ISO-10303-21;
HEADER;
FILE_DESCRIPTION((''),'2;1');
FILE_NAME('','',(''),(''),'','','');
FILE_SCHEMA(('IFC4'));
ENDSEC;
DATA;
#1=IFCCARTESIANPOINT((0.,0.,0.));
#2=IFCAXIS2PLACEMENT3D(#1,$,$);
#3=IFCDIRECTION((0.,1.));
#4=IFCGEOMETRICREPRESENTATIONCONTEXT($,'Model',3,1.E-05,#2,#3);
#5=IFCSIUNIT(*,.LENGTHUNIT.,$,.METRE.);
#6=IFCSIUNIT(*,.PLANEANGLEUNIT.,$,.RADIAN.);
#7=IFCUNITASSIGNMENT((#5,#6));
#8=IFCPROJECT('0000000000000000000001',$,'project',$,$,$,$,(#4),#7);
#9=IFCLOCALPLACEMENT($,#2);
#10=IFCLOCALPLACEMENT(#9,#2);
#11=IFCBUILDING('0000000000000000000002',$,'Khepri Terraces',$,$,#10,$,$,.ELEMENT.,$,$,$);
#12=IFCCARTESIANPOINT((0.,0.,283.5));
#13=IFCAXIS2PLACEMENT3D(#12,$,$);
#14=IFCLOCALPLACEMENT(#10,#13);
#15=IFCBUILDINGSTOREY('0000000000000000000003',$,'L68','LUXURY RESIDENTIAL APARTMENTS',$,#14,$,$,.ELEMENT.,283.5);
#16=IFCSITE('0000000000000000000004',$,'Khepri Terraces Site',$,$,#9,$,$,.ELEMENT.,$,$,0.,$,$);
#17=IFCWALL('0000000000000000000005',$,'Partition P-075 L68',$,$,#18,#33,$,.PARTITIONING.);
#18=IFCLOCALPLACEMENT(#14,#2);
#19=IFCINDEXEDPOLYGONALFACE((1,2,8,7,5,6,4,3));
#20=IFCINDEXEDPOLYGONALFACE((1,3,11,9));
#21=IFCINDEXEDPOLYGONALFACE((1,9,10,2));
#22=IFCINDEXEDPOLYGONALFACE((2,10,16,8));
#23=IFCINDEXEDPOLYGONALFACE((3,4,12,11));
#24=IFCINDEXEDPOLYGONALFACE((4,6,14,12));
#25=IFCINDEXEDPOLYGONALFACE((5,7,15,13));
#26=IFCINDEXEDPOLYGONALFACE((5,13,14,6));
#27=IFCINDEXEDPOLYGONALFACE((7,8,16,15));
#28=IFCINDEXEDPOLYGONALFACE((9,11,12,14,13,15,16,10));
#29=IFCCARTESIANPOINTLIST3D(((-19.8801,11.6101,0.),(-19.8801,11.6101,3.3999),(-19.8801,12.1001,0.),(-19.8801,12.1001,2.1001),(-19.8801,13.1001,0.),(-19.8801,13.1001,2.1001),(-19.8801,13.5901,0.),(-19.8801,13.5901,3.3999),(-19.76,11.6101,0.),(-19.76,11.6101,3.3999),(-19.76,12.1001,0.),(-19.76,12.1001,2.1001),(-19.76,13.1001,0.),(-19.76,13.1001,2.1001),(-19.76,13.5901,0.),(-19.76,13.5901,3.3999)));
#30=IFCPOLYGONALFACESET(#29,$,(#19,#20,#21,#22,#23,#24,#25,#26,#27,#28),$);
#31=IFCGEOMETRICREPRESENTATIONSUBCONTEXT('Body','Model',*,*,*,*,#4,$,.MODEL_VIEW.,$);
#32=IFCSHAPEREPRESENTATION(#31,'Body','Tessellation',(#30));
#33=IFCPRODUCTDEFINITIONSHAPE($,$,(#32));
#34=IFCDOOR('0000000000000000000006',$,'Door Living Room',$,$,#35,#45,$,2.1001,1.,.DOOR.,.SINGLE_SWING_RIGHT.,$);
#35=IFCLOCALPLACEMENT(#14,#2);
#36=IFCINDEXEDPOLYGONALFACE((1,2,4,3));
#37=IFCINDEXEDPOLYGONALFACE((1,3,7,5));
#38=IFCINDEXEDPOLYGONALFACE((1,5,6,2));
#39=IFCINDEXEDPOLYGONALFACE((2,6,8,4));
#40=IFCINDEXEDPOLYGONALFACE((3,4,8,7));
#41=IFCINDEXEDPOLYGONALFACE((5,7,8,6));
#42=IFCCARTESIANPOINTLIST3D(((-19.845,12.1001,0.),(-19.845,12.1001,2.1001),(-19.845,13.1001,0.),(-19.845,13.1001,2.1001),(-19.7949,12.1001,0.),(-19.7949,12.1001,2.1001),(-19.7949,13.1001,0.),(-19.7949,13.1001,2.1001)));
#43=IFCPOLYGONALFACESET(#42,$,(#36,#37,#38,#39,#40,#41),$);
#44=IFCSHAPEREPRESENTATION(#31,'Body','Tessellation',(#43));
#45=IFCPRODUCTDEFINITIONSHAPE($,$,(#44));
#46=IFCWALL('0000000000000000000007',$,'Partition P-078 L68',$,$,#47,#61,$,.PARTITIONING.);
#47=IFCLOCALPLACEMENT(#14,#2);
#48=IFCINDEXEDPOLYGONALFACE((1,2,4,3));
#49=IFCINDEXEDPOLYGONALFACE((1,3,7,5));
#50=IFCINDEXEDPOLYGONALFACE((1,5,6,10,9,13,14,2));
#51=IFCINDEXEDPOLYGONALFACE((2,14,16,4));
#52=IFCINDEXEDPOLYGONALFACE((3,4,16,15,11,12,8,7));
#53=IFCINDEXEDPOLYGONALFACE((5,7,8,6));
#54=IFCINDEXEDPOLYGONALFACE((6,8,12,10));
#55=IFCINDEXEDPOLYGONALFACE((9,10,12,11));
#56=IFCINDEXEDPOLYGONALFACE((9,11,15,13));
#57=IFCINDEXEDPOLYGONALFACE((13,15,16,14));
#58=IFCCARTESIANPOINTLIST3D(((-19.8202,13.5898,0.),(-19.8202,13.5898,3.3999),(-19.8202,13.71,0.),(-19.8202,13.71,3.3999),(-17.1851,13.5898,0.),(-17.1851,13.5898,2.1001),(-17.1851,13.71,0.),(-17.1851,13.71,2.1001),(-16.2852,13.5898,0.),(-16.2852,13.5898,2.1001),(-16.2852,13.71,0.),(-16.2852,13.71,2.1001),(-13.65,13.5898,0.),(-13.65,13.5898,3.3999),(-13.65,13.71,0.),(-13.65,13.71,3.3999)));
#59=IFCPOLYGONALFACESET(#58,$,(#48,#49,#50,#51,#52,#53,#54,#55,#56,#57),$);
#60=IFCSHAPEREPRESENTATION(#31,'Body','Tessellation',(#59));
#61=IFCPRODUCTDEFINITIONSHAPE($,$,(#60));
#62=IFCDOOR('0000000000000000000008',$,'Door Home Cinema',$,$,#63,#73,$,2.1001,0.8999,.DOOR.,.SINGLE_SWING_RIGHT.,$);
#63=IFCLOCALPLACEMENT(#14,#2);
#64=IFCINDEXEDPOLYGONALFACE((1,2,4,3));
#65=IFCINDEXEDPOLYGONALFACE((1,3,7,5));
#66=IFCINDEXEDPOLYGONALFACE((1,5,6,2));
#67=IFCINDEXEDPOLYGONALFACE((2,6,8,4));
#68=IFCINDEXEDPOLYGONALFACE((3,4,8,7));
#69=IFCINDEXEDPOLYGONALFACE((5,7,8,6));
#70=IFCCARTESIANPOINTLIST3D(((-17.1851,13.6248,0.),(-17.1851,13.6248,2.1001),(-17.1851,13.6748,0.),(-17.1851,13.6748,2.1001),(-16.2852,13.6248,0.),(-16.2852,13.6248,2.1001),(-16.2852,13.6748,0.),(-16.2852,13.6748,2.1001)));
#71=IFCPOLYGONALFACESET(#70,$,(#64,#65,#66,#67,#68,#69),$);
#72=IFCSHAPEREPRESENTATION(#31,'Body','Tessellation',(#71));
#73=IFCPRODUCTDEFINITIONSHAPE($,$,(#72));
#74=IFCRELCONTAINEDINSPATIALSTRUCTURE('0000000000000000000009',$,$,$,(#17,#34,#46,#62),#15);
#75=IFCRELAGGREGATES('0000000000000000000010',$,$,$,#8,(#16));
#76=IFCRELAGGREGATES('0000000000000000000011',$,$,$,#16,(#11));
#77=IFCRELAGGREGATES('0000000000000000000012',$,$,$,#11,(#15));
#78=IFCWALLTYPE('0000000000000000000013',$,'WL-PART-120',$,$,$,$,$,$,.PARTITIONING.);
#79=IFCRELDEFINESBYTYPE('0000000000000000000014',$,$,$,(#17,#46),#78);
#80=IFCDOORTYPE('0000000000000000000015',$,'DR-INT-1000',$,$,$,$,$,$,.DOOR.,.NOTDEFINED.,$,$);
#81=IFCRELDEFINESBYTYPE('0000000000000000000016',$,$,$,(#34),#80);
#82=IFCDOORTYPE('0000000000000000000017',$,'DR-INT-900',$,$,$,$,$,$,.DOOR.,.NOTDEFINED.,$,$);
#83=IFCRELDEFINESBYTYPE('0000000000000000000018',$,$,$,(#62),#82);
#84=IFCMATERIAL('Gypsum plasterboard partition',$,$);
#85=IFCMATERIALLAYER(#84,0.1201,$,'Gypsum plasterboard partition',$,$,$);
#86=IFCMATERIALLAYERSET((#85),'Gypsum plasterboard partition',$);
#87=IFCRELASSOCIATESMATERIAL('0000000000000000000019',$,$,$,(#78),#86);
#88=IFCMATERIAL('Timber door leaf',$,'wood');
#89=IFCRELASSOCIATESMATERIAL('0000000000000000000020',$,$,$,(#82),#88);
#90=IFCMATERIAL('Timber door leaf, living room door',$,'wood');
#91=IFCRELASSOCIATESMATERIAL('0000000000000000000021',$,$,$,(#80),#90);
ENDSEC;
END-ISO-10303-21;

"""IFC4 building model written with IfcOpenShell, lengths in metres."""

from ifc_helpers import new_model, si_unit, direction, frame, frame_2d, origin, place, context, subcontext, project, spatial, rectangle, extrude, material, layer, layer_set, type_object, element, fill, save


model = new_model("IFC4")

# Units and contexts
model_context = context("Model", 3, precision=1e-05, world=origin(), true_north=direction((0.0, 1.0)))
body_context = subcontext(model_context, "Body", "Model", "MODEL_VIEW")
ifc_project = project(units=[si_unit("LENGTHUNIT", "METRE"), si_unit("PLANEANGLEUNIT", "RADIAN")], contexts=[model_context])

# Site, building, storey
site_placement = place(None, origin())
site = spatial("IfcSite", under=ifc_project, at=site_placement, Name="Khepri Terraces Site", CompositionType="ELEMENT", RefElevation=0.0)
building_placement = place(site_placement, origin())
building = spatial("IfcBuilding", under=site, at=building_placement, Name="Khepri Terraces", CompositionType="ELEMENT")
storey_placement = place(building_placement, frame((0.0, 0.0, 283.5)))
storey = spatial("IfcBuildingStorey", under=building, at=storey_placement, Name="L68", Description="LUXURY RESIDENTIAL APARTMENTS", CompositionType="ELEMENT", Elevation=283.5)

# Shared definitions
ifc_material_1 = material(Name="Gypsum plasterboard partition")
ifc_layer_1 = layer(ifc_material_1, 0.1201, Name="Gypsum plasterboard partition")
ifc_layer_set_1 = layer_set([ifc_layer_1], Name="Gypsum plasterboard partition")
wall_type_1 = type_object("IfcWallType", Name="WL-PART-120", PredefinedType="PARTITIONING", material=ifc_layer_set_1)

# Shared definitions
ifc_material_2 = material(Name="Timber door leaf", Category="wood")
door_type_1 = type_object("IfcDoorType", Name="DR-INT-900", OperationType="NOTDEFINED", PredefinedType="DOOR", material=ifc_material_2)

# Walls, openings, doors
wall_1_placement = place(storey_placement, frame((-19.8201, 11.6101, 0.0), z_axis=(0.0, 0.0, 1.0), x_axis=(0.0, 1.0, 0.0)))
wall_1 = element("IfcWall", 1, at=wall_1_placement, inside=storey, type_object=wall_type_1, Name="Partition P-075 L68", PredefinedType="PARTITIONING", context=body_context, shape_type="SweptSolid", body=[
    extrude(rectangle(XDim=1.98, YDim=0.1201, at=frame_2d((0.99, 0.0))), origin(), (0.0, 0.0, 1.0), 3.3999),
])
opening_1_placement = place(wall_1_placement, frame((0.49, 0.0, 0.0)))
opening_1 = element("IfcOpeningElement", 2, at=opening_1_placement, cuts=wall_1, PredefinedType="OPENING", context=body_context, shape_type="SweptSolid", body=[
    extrude(rectangle(XDim=1.0, YDim=2.1001, at=frame_2d((0.5, 1.05))), frame((0.0, 0.0701, 0.0), z_axis=(0.0, -1.0, 0.0), x_axis=(1.0, 0.0, 0.0)), (0.0, 0.0, 1.0), 0.1401),
])
ifc_material_3 = material(Name="Timber door leaf, living room door", Category="wood")
door_type_2 = type_object("IfcDoorType", Name="DR-INT-1000", OperationType="NOTDEFINED", PredefinedType="DOOR", material=ifc_material_3)
door_1_placement = place(opening_1_placement, origin())
door_1 = element("IfcDoor", 3, at=door_1_placement, inside=storey, type_object=door_type_2, Name="Door Living Room", OperationType="SINGLE_SWING_RIGHT", OverallHeight=2.1001, OverallWidth=1.0, PredefinedType="DOOR", context=body_context, shape_type="SweptSolid", body=[
    extrude(rectangle(XDim=1.0, YDim=2.1001, at=frame_2d((0.5, 1.05))), frame((0.0, 0.0249, 0.0), z_axis=(0.0, -1.0, 0.0), x_axis=(1.0, 0.0, 0.0)), (0.0, 0.0, 1.0), 0.05),
])
fill(opening_1, door_1)
wall_2_placement = place(storey_placement, frame((-19.8201, 13.6499, 0.0), z_axis=(0.0, 0.0, 1.0), x_axis=(1.0, 0.0, 0.0)))
wall_2 = element("IfcWall", 4, at=wall_2_placement, inside=storey, type_object=wall_type_1, Name="Partition P-078 L68", PredefinedType="PARTITIONING", context=body_context, shape_type="SweptSolid", body=[
    extrude(rectangle(XDim=6.1702, YDim=0.1201, at=frame_2d((3.085, 0.0))), origin(), (0.0, 0.0, 1.0), 3.3999),
])
opening_2_placement = place(wall_2_placement, frame((2.635, 0.0, 0.0)))
opening_2 = element("IfcOpeningElement", 5, at=opening_2_placement, cuts=wall_2, PredefinedType="OPENING", context=body_context, shape_type="SweptSolid", body=[
    extrude(rectangle(XDim=0.8999, YDim=2.1001, at=frame_2d((0.45, 1.05))), frame((0.0, 0.0701, 0.0), z_axis=(0.0, -1.0, 0.0), x_axis=(1.0, 0.0, 0.0)), (0.0, 0.0, 1.0), 0.1401),
])
door_2_placement = place(opening_2_placement, origin())
door_2 = element("IfcDoor", 6, at=door_2_placement, inside=storey, type_object=door_type_1, Name="Door Home Cinema", OperationType="SINGLE_SWING_RIGHT", OverallHeight=2.1001, OverallWidth=0.8999, PredefinedType="DOOR", context=body_context, shape_type="SweptSolid", body=[
    extrude(rectangle(XDim=0.8999, YDim=2.1001, at=frame_2d((0.45, 1.05))), frame((0.0, 0.0249, 0.0), z_axis=(0.0, -1.0, 0.0), x_axis=(1.0, 0.0, 0.0)), (0.0, 0.0, 1.0), 0.05),
])
fill(opening_2, door_2)

save(model, "model.ifc")
